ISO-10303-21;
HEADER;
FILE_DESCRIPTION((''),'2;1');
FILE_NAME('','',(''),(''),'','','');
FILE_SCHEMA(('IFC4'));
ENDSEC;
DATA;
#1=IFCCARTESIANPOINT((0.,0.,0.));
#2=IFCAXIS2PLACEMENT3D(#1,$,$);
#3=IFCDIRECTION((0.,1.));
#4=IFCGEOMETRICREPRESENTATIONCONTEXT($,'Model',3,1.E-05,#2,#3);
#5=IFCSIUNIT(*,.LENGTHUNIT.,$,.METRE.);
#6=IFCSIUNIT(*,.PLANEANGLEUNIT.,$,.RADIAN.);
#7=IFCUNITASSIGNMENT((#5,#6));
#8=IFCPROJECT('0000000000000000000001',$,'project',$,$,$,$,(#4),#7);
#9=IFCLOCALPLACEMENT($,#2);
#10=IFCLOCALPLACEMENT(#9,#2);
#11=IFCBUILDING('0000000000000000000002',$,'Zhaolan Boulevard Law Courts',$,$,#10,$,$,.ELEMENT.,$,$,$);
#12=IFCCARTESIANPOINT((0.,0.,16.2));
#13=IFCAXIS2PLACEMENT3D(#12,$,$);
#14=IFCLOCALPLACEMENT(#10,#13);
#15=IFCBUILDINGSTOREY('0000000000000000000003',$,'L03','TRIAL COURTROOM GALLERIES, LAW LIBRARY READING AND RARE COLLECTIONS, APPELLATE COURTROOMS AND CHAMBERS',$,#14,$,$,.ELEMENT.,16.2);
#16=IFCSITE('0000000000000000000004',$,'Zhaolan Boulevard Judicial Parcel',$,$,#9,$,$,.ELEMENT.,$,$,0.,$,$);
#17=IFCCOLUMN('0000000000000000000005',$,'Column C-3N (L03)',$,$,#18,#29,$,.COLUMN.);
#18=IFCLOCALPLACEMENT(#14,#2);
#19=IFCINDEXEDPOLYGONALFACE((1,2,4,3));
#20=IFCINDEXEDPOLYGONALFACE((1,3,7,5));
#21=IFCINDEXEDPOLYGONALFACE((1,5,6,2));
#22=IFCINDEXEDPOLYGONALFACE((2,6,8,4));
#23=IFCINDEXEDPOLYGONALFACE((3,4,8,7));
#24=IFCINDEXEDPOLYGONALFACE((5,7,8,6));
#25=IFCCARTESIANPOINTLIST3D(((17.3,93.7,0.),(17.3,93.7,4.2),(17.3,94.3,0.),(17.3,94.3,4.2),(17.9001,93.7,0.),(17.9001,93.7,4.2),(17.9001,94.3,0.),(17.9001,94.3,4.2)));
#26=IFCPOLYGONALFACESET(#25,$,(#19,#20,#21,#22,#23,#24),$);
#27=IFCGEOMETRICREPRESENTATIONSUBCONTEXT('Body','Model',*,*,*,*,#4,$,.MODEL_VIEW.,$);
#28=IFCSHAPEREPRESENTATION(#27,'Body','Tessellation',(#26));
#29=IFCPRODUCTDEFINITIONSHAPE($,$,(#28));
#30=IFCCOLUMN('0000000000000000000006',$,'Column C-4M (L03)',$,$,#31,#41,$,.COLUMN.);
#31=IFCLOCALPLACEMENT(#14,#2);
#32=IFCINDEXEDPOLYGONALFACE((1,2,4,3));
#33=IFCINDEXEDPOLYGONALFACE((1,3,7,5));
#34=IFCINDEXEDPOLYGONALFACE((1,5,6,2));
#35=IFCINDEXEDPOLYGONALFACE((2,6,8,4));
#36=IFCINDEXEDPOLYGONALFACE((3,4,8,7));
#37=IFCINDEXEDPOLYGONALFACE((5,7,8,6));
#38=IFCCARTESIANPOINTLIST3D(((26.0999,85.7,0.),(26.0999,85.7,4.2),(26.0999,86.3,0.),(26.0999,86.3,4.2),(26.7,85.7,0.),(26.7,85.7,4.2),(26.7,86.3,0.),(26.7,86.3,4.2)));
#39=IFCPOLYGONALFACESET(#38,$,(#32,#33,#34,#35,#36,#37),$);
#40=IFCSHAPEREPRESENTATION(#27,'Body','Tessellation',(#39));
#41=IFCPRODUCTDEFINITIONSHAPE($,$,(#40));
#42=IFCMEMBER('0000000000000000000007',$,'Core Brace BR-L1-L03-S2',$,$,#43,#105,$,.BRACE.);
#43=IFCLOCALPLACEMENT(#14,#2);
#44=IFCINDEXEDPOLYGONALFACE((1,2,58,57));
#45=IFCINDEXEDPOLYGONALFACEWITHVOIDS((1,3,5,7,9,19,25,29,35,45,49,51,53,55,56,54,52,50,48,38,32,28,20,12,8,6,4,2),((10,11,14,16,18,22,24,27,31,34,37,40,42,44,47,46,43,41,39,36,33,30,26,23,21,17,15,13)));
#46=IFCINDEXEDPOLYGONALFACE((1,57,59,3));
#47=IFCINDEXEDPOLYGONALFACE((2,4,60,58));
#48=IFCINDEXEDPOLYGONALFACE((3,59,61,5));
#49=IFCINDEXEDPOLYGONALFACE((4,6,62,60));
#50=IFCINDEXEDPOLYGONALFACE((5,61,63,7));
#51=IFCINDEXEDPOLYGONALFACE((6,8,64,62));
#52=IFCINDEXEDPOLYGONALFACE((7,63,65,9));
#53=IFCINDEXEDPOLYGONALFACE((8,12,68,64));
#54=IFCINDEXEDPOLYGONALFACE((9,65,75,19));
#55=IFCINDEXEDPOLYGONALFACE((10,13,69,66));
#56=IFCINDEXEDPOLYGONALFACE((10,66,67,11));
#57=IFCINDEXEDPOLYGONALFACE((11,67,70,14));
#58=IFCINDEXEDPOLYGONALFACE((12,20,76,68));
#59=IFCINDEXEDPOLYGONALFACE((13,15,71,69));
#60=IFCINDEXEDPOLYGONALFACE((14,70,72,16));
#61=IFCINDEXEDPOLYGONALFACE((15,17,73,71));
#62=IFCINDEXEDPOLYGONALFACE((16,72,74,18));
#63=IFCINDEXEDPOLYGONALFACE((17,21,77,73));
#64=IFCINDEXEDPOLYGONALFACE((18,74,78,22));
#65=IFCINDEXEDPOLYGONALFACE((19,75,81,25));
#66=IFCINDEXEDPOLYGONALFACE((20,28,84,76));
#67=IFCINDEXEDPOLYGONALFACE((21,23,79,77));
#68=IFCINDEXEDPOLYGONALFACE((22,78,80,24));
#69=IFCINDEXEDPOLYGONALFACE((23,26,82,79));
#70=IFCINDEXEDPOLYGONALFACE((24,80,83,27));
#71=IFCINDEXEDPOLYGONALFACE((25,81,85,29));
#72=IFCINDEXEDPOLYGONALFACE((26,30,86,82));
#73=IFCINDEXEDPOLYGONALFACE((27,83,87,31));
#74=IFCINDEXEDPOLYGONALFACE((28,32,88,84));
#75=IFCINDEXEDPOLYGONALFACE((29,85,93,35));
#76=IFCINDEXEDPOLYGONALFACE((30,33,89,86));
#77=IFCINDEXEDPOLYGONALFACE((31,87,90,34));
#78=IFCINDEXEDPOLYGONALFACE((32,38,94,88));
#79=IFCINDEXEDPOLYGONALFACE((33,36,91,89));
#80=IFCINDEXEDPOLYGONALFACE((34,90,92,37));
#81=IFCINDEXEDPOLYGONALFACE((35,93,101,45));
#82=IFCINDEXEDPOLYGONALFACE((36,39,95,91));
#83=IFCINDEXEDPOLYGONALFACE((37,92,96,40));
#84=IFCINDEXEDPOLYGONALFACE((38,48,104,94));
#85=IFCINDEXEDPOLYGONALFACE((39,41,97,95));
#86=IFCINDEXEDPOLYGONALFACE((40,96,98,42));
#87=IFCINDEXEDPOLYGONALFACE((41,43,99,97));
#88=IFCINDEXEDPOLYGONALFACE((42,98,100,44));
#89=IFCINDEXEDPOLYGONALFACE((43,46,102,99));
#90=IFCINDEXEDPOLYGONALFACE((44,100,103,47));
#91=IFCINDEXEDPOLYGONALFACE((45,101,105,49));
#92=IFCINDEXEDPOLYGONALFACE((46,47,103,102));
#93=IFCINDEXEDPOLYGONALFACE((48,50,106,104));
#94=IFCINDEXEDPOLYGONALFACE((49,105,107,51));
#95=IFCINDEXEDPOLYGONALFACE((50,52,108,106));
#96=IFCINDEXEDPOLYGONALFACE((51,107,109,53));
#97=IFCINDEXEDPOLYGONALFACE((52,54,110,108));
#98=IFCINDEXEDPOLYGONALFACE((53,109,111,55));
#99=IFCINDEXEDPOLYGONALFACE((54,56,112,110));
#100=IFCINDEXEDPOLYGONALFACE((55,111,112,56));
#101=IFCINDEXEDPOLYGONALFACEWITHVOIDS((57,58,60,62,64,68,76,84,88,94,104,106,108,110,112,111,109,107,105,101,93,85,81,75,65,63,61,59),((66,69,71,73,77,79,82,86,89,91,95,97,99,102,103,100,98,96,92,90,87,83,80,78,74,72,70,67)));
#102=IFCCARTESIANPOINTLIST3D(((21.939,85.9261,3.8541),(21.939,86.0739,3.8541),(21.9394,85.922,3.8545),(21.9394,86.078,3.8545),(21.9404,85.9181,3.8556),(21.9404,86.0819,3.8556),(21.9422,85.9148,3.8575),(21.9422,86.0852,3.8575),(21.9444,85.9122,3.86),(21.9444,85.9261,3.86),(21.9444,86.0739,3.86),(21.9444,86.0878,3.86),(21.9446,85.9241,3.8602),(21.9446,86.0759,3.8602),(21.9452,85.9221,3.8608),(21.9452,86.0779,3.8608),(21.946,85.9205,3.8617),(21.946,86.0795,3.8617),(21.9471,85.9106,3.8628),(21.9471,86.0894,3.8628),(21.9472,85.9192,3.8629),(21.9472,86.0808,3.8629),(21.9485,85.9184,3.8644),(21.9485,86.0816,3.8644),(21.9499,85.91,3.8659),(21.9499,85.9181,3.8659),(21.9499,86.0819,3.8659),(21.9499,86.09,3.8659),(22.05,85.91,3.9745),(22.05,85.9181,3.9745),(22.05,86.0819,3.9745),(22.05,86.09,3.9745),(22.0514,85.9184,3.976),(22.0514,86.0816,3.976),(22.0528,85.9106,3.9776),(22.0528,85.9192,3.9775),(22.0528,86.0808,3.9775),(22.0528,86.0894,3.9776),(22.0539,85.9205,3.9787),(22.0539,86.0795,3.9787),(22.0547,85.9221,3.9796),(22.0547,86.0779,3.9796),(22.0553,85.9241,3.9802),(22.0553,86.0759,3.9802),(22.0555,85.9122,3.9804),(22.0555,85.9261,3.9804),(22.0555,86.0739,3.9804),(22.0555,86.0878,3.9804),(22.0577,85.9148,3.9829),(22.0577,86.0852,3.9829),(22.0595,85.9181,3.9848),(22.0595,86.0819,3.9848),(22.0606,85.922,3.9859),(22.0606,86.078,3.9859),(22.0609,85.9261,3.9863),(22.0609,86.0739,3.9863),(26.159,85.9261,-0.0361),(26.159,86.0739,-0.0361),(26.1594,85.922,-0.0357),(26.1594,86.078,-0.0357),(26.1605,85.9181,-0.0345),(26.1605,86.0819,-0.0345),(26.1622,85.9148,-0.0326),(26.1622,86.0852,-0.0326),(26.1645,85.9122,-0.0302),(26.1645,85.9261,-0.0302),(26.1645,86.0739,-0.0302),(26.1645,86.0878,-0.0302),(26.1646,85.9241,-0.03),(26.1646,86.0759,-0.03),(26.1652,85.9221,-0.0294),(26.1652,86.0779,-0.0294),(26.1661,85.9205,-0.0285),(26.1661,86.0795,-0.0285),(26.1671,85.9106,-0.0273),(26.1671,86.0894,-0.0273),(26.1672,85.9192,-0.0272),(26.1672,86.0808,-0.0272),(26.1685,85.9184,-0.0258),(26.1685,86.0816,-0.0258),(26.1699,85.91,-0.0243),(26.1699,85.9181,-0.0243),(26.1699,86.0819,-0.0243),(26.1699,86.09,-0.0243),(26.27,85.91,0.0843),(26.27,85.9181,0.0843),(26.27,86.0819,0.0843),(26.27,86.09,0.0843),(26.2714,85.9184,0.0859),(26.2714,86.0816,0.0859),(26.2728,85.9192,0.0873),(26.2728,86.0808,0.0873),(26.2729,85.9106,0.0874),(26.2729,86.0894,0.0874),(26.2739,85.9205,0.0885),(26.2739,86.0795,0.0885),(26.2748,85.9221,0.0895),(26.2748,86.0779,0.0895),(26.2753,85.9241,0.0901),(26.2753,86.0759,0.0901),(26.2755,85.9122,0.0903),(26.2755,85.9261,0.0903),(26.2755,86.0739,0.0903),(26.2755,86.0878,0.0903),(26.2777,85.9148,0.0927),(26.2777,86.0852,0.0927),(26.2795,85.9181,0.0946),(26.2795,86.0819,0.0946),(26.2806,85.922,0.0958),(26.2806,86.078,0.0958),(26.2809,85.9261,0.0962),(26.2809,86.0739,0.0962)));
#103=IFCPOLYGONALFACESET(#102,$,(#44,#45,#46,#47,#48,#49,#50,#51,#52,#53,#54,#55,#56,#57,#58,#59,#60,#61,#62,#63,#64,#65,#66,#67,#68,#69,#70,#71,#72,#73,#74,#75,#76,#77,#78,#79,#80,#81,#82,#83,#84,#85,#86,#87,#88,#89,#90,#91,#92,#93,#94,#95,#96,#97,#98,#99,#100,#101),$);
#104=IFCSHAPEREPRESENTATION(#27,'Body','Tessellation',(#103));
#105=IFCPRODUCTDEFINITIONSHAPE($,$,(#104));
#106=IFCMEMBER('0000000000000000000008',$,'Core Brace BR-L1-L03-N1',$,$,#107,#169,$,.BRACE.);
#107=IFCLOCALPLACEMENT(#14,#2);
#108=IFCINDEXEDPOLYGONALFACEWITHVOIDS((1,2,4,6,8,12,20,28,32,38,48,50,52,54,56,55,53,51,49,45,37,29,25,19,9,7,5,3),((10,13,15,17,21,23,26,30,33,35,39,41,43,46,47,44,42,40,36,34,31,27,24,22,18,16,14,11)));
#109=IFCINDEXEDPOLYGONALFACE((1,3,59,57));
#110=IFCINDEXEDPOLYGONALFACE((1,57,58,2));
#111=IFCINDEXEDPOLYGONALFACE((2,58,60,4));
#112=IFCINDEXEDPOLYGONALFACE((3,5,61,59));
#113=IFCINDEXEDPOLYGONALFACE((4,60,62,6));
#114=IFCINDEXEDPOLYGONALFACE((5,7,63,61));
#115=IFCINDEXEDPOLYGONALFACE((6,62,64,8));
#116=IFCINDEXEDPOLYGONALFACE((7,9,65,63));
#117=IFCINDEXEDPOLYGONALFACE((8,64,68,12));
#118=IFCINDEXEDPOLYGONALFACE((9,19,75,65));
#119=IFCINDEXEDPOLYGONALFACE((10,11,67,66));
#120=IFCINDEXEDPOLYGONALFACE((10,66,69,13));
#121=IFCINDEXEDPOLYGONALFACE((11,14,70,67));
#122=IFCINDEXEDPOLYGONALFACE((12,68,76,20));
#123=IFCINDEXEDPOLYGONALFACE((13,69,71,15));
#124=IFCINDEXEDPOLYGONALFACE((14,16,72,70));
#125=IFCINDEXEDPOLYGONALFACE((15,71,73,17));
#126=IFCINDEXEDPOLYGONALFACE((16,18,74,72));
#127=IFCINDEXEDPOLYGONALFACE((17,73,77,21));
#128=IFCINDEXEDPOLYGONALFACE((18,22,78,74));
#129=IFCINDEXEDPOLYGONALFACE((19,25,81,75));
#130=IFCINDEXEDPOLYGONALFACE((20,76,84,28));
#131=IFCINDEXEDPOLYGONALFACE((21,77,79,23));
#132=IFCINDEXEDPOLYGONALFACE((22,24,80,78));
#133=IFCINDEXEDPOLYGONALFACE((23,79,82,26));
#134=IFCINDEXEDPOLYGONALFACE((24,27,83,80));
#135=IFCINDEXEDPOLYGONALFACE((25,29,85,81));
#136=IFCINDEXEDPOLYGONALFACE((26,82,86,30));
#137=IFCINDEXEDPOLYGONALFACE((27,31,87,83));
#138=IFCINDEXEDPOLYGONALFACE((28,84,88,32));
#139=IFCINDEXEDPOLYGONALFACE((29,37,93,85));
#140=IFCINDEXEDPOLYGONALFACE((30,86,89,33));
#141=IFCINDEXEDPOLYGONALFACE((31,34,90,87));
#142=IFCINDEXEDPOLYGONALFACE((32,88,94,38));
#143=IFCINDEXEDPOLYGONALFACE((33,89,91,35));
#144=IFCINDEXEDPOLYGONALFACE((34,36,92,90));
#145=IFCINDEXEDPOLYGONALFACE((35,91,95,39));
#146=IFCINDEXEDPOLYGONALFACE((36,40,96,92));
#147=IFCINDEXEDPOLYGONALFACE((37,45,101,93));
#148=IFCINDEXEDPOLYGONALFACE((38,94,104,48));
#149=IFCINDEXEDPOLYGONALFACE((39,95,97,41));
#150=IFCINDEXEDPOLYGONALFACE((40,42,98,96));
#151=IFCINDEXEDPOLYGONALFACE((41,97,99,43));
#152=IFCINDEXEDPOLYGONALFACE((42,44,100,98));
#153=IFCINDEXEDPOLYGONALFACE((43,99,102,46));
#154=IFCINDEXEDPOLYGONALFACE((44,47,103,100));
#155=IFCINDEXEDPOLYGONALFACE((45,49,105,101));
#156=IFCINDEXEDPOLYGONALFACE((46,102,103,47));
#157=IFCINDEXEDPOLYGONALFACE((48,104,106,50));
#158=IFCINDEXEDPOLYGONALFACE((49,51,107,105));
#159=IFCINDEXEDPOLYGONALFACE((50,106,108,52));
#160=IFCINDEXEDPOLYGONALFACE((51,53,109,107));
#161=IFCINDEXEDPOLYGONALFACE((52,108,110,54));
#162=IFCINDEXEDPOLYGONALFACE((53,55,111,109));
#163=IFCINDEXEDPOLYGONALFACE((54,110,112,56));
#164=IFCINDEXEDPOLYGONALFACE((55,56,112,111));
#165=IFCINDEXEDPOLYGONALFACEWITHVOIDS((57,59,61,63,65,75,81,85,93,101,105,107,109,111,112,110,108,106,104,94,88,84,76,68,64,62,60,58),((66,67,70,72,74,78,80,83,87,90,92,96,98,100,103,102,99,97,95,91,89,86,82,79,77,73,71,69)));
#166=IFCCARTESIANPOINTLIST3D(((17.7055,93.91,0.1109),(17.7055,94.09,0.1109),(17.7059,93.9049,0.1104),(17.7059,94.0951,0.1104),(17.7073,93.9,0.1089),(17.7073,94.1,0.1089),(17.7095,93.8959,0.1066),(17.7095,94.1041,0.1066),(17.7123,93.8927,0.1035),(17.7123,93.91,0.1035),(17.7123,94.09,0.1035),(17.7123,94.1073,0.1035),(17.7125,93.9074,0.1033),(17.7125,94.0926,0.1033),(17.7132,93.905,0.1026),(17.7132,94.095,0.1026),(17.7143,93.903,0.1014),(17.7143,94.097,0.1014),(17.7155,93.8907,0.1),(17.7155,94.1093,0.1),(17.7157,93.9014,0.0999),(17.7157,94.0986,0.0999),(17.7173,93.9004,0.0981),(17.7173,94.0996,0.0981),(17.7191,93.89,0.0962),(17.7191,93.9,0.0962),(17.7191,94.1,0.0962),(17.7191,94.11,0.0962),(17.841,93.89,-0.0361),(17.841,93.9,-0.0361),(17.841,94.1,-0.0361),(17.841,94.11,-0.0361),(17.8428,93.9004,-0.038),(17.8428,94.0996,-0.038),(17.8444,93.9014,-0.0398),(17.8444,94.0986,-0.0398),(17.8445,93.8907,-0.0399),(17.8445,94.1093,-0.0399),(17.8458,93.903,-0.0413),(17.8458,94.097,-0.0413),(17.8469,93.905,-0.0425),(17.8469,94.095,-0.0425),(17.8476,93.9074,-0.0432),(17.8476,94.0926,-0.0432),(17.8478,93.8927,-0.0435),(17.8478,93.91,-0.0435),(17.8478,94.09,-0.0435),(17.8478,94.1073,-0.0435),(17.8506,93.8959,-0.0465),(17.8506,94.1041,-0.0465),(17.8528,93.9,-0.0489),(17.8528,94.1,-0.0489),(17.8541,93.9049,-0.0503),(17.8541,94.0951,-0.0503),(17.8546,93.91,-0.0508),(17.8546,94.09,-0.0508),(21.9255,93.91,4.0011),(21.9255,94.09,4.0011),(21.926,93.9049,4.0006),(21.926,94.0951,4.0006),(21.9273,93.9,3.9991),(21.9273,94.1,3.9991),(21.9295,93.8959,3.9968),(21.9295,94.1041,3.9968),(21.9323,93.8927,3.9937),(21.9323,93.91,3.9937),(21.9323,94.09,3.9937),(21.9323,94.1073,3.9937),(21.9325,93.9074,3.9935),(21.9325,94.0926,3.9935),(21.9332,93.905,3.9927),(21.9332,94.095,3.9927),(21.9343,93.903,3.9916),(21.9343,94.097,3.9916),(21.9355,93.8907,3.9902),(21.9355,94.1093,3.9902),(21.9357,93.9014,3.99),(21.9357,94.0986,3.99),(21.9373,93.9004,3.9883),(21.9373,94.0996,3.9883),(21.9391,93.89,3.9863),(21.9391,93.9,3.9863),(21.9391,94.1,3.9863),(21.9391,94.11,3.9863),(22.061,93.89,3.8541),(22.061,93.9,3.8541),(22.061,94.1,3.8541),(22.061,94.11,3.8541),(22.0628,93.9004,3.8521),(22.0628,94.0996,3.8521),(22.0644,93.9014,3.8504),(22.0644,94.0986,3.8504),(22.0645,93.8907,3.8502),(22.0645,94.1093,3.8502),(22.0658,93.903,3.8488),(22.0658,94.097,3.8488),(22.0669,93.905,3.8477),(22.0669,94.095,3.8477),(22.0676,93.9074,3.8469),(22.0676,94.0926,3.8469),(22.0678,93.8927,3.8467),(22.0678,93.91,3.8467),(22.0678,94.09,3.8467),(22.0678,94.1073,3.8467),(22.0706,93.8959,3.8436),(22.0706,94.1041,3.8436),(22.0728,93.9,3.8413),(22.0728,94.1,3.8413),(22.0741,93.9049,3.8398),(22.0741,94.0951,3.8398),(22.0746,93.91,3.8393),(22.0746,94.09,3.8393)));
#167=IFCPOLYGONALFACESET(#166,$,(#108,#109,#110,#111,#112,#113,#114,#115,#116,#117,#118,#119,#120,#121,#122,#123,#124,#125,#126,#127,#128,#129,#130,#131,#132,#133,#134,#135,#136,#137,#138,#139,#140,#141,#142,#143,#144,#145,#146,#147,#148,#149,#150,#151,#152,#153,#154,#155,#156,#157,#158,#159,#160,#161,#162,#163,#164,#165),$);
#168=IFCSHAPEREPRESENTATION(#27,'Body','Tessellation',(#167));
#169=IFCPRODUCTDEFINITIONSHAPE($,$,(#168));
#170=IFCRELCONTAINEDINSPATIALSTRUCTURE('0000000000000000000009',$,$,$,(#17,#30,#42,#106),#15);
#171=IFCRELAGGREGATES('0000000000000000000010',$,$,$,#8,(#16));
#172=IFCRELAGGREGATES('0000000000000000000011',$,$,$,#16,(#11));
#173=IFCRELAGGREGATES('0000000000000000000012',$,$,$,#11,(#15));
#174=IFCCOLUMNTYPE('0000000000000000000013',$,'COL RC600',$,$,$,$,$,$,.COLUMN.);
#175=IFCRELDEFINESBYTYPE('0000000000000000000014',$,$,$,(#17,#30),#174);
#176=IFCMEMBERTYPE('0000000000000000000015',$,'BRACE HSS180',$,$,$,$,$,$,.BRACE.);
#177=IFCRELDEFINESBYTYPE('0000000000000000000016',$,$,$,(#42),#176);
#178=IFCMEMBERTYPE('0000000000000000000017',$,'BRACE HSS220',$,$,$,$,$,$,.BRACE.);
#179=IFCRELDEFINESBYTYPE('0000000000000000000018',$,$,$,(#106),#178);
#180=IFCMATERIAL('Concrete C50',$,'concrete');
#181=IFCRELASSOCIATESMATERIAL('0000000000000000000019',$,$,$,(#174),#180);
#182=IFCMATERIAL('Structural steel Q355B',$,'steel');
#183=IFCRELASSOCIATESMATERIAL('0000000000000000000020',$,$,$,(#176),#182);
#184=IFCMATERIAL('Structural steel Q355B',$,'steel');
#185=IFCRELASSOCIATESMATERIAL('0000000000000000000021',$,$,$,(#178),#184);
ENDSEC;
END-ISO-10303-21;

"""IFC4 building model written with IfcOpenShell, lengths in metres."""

from ifc_helpers import new_model, si_unit, direction, frame, origin, origin_2d, place, context, subcontext, project, spatial, rectangle, hollow_rectangle, extrude, material, material_profile, profile_set, type_object, element, save


model = new_model("IFC4")

# Units and contexts
model_context = context("Model", 3, precision=1e-05, world=origin(), true_north=direction((0.0, 1.0)))
body_context = subcontext(model_context, "Body", "Model", "MODEL_VIEW")
ifc_project = project(units=[si_unit("LENGTHUNIT", "METRE"), si_unit("PLANEANGLEUNIT", "RADIAN")], contexts=[model_context])

# Site, building, storey
site_placement = place(None, origin())
site = spatial("IfcSite", under=ifc_project, at=site_placement, Name="Zhaolan Boulevard Judicial Parcel", CompositionType="ELEMENT", RefElevation=0.0)
building_placement = place(site_placement, origin())
building = spatial("IfcBuilding", under=site, at=building_placement, Name="Zhaolan Boulevard Law Courts", CompositionType="ELEMENT")
storey_placement = place(building_placement, frame((0.0, 0.0, 16.2)))
storey = spatial("IfcBuildingStorey", under=building, at=storey_placement, Name="L03", Description="TRIAL COURTROOM GALLERIES, LAW LIBRARY READING AND RARE COLLECTIONS, APPELLATE COURTROOMS AND CHAMBERS", CompositionType="ELEMENT", Elevation=16.2)

# Columns
ifc_material_1 = material(Name="Concrete C50", Category="concrete")
ifc_material_profile_1 = material_profile(ifc_material_1, rectangle(XDim=0.6001, YDim=0.6001, at=origin_2d()), Name="RC600x600")
ifc_profile_set_1 = profile_set([ifc_material_profile_1], Name="Concrete C50")
column_type = type_object("IfcColumnType", Name="COL RC600", PredefinedType="COLUMN", material=ifc_profile_set_1)
for number, where, z_axis, x_axis, name in (
    (1, (17.6001, 94.0, 0.0), (0.0, 0.0, 1.0), (1.0, 0.0, 0.0), "Column C-3N (L03)"),
    (2, (26.3999, 86.0, 0.0), (0.0, 0.0, 1.0), (1.0, 0.0, 0.0), "Column C-4M (L03)"),
):
    element("IfcColumn", number, at=place(storey_placement, frame(where, z_axis=z_axis, x_axis=x_axis)), inside=storey, type_object=column_type, Name=name, PredefinedType="COLUMN", context=body_context, shape_type="SweptSolid", body=[
        extrude(rectangle(XDim=0.6001, YDim=0.6001, at=origin_2d()), origin(), (0.0, 0.0, 1.0), 4.2),
    ])

# Members
ifc_material_2 = material(Name="Structural steel Q355B", Category="steel")
ifc_material_profile_2 = material_profile(ifc_material_2, hollow_rectangle(XDim=0.1799, YDim=0.1799, WallThickness=0.0081, InnerFilletRadius=0.0081, OuterFilletRadius=0.0161, at=origin_2d()), Name="HSS180x180x8")
ifc_profile_set_2 = profile_set([ifc_material_profile_2], Name="Structural steel Q355B")
member_type_1 = type_object("IfcMemberType", Name="BRACE HSS180", PredefinedType="BRACE", material=ifc_profile_set_2)
member_1_placement = place(storey_placement, frame((26.22, 86.0, 0.03), z_axis=(-0.735257, 0.0, 0.677789), x_axis=(0.0, -1.0, 0.0)))
element("IfcMember", 3, at=member_1_placement, inside=storey, type_object=member_type_1, Name="Core Brace BR-L1-L03-S2", PredefinedType="BRACE", context=body_context, shape_type="SweptSolid", body=[
    extrude(hollow_rectangle(XDim=0.1799, YDim=0.1799, WallThickness=0.0081, InnerFilletRadius=0.0081, OuterFilletRadius=0.0161, at=origin_2d()), origin(), (0.0, 0.0, 1.0), 5.7395),
])
ifc_material_3 = material(Name="Structural steel Q355B", Category="steel")
ifc_material_profile_3 = material_profile(ifc_material_3, hollow_rectangle(XDim=0.22, YDim=0.22, WallThickness=0.01, InnerFilletRadius=0.01, OuterFilletRadius=0.02, at=origin_2d()), Name="HSS220x220x10")
ifc_profile_set_3 = profile_set([ifc_material_profile_3], Name="Structural steel Q355B")
member_type_2 = type_object("IfcMemberType", Name="BRACE HSS220", PredefinedType="BRACE", material=ifc_profile_set_3)
member_2_placement = place(storey_placement, frame((17.78, 94.0, 0.03), z_axis=(0.735257, 0.0, 0.677789), x_axis=(0.0, 1.0, 0.0)))
element("IfcMember", 4, at=member_2_placement, inside=storey, type_object=member_type_2, Name="Core Brace BR-L1-L03-N1", PredefinedType="BRACE", context=body_context, shape_type="SweptSolid", body=[
    extrude(hollow_rectangle(XDim=0.22, YDim=0.22, WallThickness=0.01, InnerFilletRadius=0.01, OuterFilletRadius=0.02, at=origin_2d()), origin(), (0.0, 0.0, 1.0), 5.7395),
])

save(model, "model.ifc")
